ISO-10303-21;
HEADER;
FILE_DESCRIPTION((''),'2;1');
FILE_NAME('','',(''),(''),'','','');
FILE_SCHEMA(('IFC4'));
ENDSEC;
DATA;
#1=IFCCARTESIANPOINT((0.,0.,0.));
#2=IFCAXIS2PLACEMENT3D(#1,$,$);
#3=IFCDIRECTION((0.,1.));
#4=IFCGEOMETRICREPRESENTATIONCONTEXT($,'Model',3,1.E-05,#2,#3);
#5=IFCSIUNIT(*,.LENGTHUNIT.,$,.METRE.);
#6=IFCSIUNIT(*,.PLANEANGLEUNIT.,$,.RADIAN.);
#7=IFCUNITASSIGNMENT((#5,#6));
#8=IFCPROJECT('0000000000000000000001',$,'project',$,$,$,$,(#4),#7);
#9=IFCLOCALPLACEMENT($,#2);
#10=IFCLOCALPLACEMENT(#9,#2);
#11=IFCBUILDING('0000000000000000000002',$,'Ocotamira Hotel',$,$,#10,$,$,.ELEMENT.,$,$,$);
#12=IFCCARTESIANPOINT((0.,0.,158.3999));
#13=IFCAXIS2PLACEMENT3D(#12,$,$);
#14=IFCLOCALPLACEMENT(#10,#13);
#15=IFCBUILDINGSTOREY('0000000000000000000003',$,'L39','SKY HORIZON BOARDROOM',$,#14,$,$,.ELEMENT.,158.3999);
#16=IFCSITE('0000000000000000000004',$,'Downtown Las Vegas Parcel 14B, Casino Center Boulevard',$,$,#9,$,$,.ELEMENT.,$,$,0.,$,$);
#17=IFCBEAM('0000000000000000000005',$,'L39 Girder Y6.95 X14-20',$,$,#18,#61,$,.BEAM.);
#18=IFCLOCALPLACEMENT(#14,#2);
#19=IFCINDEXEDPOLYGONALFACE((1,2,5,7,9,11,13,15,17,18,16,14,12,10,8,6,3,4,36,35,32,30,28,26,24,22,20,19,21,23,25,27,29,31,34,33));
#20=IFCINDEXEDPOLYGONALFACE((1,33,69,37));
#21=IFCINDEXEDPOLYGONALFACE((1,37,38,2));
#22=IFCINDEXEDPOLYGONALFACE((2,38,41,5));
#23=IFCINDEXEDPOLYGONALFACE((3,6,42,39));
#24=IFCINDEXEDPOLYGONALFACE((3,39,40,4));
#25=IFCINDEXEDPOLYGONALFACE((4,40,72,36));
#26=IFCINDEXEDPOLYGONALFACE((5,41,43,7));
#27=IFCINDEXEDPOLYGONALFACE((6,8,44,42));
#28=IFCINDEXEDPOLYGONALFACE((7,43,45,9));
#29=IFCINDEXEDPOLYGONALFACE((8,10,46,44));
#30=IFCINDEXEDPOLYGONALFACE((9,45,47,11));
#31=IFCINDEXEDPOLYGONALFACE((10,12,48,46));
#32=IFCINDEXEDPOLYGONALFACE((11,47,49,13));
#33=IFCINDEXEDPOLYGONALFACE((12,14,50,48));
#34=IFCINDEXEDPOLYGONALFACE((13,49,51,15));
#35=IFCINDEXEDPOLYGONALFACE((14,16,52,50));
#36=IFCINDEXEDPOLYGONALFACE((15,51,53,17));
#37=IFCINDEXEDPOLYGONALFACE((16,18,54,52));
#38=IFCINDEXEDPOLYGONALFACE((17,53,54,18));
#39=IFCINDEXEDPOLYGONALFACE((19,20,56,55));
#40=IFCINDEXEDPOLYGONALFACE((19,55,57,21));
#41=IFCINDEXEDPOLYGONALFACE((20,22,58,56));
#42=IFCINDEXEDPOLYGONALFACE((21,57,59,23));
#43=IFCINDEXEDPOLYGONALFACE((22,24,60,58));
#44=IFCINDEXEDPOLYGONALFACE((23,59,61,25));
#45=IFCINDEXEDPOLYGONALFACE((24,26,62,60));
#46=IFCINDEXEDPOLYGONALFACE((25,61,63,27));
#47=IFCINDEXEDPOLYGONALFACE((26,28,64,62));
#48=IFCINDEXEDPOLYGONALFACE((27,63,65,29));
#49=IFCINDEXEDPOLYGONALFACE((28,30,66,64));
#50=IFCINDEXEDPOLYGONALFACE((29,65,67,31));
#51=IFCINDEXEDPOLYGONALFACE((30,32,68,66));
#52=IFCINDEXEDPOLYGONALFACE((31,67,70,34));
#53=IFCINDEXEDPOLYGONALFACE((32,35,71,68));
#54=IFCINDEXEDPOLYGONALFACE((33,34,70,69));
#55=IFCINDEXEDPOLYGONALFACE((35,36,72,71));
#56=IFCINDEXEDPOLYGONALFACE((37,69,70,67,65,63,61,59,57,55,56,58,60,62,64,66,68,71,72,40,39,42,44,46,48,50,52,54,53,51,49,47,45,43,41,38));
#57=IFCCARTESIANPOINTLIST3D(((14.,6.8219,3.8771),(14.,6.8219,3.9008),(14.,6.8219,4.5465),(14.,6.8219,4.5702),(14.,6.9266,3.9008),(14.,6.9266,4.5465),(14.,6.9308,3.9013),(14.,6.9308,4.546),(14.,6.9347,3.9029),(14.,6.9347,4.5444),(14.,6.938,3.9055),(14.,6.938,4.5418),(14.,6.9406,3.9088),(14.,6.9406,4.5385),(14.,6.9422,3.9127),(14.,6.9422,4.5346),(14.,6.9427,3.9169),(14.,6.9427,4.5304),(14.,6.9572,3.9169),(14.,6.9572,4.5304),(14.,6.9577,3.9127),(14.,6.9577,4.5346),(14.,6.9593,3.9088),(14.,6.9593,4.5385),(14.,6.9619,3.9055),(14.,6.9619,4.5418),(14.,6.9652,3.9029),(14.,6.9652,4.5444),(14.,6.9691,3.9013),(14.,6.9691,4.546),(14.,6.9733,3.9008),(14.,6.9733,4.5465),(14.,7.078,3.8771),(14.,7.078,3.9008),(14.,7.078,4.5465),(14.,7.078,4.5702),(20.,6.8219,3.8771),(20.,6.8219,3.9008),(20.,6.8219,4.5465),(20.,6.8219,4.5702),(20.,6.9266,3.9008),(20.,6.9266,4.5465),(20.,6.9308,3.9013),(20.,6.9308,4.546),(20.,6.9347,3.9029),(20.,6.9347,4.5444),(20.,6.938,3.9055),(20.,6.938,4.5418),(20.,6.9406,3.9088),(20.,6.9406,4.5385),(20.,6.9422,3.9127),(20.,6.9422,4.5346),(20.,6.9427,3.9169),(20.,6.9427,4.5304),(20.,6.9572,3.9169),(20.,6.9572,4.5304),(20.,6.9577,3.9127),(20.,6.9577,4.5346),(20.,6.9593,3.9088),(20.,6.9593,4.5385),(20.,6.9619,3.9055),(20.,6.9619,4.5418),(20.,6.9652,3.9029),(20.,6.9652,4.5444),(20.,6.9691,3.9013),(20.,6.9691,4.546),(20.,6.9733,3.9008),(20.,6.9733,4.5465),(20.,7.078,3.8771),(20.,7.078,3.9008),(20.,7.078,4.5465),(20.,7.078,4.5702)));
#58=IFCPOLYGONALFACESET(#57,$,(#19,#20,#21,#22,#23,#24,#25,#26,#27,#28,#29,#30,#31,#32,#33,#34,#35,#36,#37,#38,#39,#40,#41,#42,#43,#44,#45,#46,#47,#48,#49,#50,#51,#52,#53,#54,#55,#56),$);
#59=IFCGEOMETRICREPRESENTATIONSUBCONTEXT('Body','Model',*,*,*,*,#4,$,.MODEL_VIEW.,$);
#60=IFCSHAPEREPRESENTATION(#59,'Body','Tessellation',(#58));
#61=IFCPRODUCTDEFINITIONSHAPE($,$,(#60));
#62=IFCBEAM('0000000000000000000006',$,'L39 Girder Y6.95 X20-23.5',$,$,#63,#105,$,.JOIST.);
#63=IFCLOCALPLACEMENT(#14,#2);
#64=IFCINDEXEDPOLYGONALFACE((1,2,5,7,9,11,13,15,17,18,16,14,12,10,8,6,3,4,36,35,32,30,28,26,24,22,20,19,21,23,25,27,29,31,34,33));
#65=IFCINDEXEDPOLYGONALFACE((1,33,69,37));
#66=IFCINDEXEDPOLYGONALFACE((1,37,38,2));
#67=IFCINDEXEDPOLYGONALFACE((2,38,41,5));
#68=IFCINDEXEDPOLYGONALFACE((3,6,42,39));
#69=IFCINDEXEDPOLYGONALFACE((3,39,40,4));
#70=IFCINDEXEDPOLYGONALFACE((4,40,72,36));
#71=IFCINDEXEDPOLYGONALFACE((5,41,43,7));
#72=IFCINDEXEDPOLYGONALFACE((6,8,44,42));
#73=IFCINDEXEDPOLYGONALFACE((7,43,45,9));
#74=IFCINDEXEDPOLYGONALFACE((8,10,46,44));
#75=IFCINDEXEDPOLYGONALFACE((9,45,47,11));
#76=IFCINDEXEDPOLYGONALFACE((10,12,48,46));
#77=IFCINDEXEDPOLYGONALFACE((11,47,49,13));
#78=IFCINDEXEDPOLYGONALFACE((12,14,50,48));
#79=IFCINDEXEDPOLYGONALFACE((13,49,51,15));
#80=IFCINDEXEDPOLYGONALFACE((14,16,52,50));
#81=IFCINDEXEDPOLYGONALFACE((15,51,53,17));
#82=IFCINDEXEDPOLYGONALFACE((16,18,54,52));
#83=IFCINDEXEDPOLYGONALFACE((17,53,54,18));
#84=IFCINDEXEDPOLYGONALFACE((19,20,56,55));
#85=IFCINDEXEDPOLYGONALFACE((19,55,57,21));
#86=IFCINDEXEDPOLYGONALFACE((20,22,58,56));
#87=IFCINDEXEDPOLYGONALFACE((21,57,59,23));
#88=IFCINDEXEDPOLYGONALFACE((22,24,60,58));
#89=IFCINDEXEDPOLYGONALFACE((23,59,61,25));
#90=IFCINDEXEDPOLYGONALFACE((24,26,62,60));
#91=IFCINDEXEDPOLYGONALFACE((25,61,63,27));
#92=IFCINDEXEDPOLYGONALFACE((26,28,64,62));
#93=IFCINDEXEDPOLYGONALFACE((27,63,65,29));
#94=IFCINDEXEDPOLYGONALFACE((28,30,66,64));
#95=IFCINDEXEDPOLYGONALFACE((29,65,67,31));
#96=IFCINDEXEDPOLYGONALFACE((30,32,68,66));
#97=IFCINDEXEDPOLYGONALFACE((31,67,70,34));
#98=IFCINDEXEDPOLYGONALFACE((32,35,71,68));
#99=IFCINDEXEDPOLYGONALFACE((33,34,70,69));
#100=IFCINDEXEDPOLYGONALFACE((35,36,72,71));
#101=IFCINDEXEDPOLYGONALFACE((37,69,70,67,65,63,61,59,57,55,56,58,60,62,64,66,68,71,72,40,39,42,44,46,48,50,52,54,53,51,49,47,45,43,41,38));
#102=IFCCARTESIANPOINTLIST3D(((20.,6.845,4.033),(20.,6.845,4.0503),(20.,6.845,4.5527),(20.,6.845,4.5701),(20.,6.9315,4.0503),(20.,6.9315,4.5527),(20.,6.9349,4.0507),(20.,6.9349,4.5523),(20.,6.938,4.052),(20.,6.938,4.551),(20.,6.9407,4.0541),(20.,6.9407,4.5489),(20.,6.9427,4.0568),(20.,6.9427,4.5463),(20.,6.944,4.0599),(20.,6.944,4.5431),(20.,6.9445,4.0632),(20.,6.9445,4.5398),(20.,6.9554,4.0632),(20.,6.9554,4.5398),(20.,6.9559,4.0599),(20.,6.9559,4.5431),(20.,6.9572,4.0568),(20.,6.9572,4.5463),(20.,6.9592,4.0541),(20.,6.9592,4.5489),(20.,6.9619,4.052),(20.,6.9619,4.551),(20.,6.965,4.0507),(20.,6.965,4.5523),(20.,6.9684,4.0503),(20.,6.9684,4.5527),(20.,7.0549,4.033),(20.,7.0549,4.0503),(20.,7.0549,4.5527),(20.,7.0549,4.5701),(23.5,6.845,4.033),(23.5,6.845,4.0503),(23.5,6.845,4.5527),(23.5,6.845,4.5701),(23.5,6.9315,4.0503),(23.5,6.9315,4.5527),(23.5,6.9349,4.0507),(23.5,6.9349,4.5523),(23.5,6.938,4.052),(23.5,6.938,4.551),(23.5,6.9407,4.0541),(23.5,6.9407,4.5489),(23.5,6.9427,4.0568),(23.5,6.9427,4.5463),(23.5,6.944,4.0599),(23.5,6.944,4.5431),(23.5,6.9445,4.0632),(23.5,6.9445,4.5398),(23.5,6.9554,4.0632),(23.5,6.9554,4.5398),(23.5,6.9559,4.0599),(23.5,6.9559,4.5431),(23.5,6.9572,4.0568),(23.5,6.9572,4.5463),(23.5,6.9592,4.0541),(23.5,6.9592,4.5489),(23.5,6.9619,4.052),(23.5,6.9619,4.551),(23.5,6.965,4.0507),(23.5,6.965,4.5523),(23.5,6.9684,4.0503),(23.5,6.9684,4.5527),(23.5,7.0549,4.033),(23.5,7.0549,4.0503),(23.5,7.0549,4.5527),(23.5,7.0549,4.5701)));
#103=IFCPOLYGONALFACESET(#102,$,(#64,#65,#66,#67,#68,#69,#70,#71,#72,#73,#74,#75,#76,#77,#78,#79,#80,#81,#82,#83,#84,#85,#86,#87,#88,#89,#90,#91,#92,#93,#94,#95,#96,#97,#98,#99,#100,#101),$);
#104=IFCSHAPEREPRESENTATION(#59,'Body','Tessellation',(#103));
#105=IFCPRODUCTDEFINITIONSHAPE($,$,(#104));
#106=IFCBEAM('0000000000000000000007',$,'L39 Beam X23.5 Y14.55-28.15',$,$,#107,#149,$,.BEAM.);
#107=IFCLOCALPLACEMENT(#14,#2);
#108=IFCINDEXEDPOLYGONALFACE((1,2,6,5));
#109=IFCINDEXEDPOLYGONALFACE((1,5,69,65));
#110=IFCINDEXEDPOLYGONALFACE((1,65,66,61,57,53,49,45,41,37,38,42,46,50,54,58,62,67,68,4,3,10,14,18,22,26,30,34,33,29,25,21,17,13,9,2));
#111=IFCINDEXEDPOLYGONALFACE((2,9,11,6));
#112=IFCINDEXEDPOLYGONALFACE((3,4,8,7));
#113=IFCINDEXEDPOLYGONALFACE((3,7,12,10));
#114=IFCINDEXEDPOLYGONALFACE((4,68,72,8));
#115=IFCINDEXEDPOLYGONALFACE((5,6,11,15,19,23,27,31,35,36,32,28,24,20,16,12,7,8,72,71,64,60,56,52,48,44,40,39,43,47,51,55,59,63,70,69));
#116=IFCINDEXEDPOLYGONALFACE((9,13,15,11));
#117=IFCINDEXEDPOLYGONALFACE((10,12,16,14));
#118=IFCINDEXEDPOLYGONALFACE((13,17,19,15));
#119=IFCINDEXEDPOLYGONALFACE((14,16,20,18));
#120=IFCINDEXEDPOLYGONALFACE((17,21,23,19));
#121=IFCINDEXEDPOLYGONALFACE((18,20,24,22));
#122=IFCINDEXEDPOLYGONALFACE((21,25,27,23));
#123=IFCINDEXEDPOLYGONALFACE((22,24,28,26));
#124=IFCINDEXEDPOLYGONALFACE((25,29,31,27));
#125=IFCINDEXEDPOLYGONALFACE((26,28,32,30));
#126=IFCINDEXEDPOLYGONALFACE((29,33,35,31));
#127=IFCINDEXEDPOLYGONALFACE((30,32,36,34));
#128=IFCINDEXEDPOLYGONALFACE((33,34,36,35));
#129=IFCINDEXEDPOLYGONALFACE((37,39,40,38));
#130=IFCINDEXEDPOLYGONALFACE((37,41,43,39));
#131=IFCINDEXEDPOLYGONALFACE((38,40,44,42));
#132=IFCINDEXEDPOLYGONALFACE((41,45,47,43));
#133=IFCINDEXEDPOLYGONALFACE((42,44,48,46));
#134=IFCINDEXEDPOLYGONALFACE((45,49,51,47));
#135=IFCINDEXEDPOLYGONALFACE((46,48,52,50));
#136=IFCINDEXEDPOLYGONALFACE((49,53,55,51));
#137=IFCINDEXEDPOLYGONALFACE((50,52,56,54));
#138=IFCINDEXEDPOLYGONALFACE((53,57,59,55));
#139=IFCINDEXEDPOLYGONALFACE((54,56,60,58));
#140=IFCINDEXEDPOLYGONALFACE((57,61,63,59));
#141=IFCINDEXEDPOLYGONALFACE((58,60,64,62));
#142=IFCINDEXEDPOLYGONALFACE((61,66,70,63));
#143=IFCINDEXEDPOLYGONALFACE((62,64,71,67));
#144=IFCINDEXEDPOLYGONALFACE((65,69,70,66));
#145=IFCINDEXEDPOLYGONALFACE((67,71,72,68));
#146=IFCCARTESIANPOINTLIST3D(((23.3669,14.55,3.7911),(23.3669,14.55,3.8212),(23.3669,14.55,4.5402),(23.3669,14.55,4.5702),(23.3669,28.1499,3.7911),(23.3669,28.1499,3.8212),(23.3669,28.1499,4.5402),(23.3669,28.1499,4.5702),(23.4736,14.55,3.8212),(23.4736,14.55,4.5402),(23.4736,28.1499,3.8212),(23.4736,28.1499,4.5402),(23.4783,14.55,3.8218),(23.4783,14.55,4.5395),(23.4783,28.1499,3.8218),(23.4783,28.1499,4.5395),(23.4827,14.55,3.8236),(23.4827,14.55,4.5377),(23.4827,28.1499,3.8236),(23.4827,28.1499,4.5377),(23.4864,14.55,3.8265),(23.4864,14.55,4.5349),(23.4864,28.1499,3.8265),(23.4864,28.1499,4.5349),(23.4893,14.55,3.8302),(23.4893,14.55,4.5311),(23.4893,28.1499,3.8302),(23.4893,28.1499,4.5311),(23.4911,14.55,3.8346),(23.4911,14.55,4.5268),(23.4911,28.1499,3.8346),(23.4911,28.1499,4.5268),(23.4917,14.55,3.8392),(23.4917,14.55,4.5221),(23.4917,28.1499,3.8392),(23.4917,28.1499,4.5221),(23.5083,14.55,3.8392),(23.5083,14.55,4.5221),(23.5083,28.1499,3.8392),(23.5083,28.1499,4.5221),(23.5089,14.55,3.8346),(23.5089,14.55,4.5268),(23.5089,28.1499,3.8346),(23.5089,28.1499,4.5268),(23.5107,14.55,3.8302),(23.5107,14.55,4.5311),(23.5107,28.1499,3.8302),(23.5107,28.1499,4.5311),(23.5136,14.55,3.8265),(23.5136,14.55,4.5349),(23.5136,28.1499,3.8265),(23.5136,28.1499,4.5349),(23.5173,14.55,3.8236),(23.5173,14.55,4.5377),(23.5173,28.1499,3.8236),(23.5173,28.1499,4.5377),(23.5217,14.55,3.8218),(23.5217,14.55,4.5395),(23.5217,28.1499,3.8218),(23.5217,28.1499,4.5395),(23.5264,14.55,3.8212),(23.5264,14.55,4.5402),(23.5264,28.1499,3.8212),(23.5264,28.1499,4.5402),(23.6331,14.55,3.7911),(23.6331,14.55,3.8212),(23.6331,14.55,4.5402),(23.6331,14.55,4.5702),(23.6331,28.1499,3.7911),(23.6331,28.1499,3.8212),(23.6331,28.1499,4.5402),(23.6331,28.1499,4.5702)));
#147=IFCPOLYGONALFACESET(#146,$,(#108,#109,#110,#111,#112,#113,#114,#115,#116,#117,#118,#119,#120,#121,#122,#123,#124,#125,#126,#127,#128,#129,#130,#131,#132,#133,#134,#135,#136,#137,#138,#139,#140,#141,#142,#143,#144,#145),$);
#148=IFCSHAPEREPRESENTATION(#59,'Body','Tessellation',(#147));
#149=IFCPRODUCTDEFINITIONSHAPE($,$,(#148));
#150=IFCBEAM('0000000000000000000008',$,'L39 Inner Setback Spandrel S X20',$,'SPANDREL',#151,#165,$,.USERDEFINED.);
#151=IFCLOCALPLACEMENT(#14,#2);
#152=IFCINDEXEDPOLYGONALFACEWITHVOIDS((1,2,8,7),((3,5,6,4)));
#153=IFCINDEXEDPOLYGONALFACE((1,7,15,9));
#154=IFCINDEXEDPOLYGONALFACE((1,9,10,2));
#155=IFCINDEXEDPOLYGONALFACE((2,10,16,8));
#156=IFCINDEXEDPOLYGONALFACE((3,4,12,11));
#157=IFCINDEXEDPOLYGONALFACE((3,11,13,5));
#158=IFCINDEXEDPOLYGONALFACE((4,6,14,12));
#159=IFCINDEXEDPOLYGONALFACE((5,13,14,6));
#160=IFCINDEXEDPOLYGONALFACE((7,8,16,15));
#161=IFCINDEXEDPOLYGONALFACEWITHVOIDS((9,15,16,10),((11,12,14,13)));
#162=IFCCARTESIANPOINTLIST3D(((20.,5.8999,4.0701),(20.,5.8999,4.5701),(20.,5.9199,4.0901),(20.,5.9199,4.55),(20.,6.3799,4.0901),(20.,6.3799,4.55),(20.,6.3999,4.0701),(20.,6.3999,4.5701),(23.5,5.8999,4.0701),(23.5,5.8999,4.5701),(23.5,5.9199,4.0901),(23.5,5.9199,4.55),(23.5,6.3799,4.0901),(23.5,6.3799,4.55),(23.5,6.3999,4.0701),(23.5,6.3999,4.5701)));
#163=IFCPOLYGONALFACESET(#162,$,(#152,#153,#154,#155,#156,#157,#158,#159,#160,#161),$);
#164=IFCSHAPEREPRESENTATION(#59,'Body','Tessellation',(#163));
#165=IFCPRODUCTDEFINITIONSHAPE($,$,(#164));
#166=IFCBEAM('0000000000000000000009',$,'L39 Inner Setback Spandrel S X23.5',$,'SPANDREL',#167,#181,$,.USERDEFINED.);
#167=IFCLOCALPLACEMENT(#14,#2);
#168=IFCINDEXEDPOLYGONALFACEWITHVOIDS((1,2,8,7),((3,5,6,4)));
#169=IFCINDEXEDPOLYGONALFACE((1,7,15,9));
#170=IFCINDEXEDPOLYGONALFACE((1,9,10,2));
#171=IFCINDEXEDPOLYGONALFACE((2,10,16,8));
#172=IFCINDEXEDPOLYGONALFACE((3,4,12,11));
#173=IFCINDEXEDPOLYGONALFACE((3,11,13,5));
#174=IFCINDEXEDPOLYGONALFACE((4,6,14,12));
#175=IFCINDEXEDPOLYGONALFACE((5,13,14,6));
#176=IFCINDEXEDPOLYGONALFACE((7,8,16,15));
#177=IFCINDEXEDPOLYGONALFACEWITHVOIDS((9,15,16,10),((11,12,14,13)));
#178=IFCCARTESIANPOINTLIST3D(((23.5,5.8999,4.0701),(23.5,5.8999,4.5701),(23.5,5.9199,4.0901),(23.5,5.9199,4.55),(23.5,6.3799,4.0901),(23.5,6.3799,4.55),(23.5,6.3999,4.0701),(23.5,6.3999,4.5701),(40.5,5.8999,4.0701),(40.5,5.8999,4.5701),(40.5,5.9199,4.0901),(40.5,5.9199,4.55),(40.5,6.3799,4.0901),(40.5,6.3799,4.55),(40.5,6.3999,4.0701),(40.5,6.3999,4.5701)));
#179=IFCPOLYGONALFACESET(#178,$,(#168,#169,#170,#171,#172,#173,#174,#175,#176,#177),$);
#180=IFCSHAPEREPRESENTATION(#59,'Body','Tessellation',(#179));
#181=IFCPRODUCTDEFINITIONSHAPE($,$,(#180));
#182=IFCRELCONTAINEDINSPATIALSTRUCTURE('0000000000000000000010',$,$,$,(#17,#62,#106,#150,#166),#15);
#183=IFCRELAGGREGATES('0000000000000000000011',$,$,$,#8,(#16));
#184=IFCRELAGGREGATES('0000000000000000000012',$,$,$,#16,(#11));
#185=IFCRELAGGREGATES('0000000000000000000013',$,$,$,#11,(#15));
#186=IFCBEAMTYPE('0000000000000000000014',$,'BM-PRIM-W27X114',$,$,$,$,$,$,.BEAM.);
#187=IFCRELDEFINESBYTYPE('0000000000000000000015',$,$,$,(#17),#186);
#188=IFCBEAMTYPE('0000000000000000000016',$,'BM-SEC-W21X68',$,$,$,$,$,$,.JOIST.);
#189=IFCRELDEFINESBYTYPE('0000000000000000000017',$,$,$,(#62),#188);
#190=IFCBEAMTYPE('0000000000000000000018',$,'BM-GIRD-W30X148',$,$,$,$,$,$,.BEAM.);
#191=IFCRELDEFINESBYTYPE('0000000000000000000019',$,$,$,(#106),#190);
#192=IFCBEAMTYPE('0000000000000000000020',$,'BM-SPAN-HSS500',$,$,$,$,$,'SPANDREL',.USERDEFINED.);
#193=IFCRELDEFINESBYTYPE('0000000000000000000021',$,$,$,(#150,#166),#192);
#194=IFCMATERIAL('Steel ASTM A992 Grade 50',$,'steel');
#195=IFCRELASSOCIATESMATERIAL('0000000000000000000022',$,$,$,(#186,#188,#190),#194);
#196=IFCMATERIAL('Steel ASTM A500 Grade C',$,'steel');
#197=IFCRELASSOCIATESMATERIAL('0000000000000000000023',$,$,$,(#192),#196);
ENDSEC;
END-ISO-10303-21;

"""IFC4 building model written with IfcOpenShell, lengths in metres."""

from ifc_helpers import new_model, si_unit, direction, frame, origin, origin_2d, place, context, subcontext, project, spatial, hollow_rectangle, i_section, extrude, source, transform, mapped, material, material_profile, profile_set, type_object, element, save


model = new_model("IFC4")

# Units and contexts
model_context = context("Model", 3, precision=1e-05, world=origin(), true_north=direction((0.0, 1.0)))
body_context = subcontext(model_context, "Body", "Model", "MODEL_VIEW")
ifc_project = project(units=[si_unit("LENGTHUNIT", "METRE"), si_unit("PLANEANGLEUNIT", "RADIAN")], contexts=[model_context])

# Site, building, storey
site_placement = place(None, origin())
site = spatial("IfcSite", under=ifc_project, at=site_placement, Name="Downtown Las Vegas Parcel 14B, Casino Center Boulevard", CompositionType="ELEMENT", RefElevation=0.0)
building_placement = place(site_placement, origin())
building = spatial("IfcBuilding", under=site, at=building_placement, Name="Ocotamira Hotel", CompositionType="ELEMENT")
storey_placement = place(building_placement, frame((0.0, 0.0, 158.3999)))
storey = spatial("IfcBuildingStorey", under=building, at=storey_placement, Name="L39", Description="SKY HORIZON BOARDROOM", CompositionType="ELEMENT", Elevation=158.3999)

# Beams
ifc_material_1 = material(Name="Steel ASTM A500 Grade C", Category="steel")
ifc_material_2 = material(Name="Steel ASTM A992 Grade 50", Category="steel")
ifc_material_profile_1 = material_profile(ifc_material_2, i_section(OverallWidth=0.2561, OverallDepth=0.6931, WebThickness=0.0144, FlangeThickness=0.0237, FilletRadius=0.0161, at=origin_2d()), Name="W27X114")
ifc_profile_set_1 = profile_set([ifc_material_profile_1], Name="Steel ASTM A992 Grade 50")
beam_type_1 = type_object("IfcBeamType", Name="BM-PRIM-W27X114", PredefinedType="BEAM", material=ifc_profile_set_1)
shared_shape_1 = source(origin(), body_context, "Body", "SweptSolid", [
    extrude(i_section(OverallWidth=0.2561, OverallDepth=0.6931, WebThickness=0.0144, FlangeThickness=0.0237, FilletRadius=0.0161, at=origin_2d()), origin(), (0.0, 0.0, 1.0), 6.0),
])
beam_1_placement = place(storey_placement, frame((14.0, 6.95, 4.2236), z_axis=(1.0, 0.0, 0.0), x_axis=(0.0, 1.0, 0.0)))
element("IfcBeam", 1, at=beam_1_placement, inside=storey, type_object=beam_type_1, Name="L39 Girder Y6.95 X14-20", PredefinedType="BEAM", context=body_context, shape_type="MappedRepresentation", body=[
    mapped(shared_shape_1, transform((0.0, 0.0, 0.0), scale=1.0)),
])
ifc_material_profile_2 = material_profile(ifc_material_2, i_section(OverallWidth=0.21, OverallDepth=0.5371, WebThickness=0.011, FlangeThickness=0.0173, FilletRadius=0.0129, at=origin_2d()), Name="W21X68")
ifc_profile_set_2 = profile_set([ifc_material_profile_2], Name="Steel ASTM A992 Grade 50")
beam_type_2 = type_object("IfcBeamType", Name="BM-SEC-W21X68", PredefinedType="JOIST", material=ifc_profile_set_2)
shared_shape_2 = source(origin(), body_context, "Body", "SweptSolid", [
    extrude(i_section(OverallWidth=0.21, OverallDepth=0.5371, WebThickness=0.011, FlangeThickness=0.0173, FilletRadius=0.0129, at=origin_2d()), origin(), (0.0, 0.0, 1.0), 3.5),
])
beam_2_placement = place(storey_placement, frame((20.0, 6.95, 4.3015), z_axis=(1.0, 0.0, 0.0), x_axis=(0.0, 1.0, 0.0)))
element("IfcBeam", 2, at=beam_2_placement, inside=storey, type_object=beam_type_2, Name="L39 Girder Y6.95 X20-23.5", PredefinedType="JOIST", context=body_context, shape_type="MappedRepresentation", body=[
    mapped(shared_shape_2, transform((0.0, 0.0, 0.0), scale=1.0)),
])
ifc_material_profile_3 = material_profile(ifc_material_2, i_section(OverallWidth=0.2661, OverallDepth=0.7791, WebThickness=0.0166, FlangeThickness=0.03, FilletRadius=0.0181, at=origin_2d()), Name="W30X148")
ifc_profile_set_3 = profile_set([ifc_material_profile_3], Name="Steel ASTM A992 Grade 50")
beam_type_3 = type_object("IfcBeamType", Name="BM-GIRD-W30X148", PredefinedType="BEAM", material=ifc_profile_set_3)
shared_shape_3 = source(origin(), body_context, "Body", "SweptSolid", [
    extrude(i_section(OverallWidth=0.2661, OverallDepth=0.7791, WebThickness=0.0166, FlangeThickness=0.03, FilletRadius=0.0181, at=origin_2d()), origin(), (0.0, 0.0, 1.0), 13.5999),
])
beam_3_placement = place(storey_placement, frame((23.5, 14.55, 4.1807), z_axis=(0.0, 1.0, 0.0), x_axis=(-1.0, 0.0, 0.0)))
element("IfcBeam", 3, at=beam_3_placement, inside=storey, type_object=beam_type_3, Name="L39 Beam X23.5 Y14.55-28.15", PredefinedType="BEAM", context=body_context, shape_type="MappedRepresentation", body=[
    mapped(shared_shape_3, transform((0.0, 0.0, 0.0), scale=1.0)),
])
ifc_material_profile_4 = material_profile(ifc_material_1, hollow_rectangle(XDim=0.5, YDim=0.5, WallThickness=0.02, at=origin_2d()), Name="HSS500X500X20")
ifc_profile_set_4 = profile_set([ifc_material_profile_4], Name="Steel ASTM A500 Grade C")
beam_type_4 = type_object("IfcBeamType", Name="BM-SPAN-HSS500", ElementType="SPANDREL", PredefinedType="USERDEFINED", material=ifc_profile_set_4)
shared_shape_4 = source(origin(), body_context, "Body", "SweptSolid", [
    extrude(hollow_rectangle(XDim=0.5, YDim=0.5, WallThickness=0.02, at=origin_2d()), origin(), (0.0, 0.0, 1.0), 3.5),
])
beam_4_placement = place(storey_placement, frame((20.0, 6.1499, 4.3201), z_axis=(1.0, 0.0, 0.0), x_axis=(0.0, 1.0, 0.0)))
element("IfcBeam", 4, at=beam_4_placement, inside=storey, type_object=beam_type_4, Name="L39 Inner Setback Spandrel S X20", ObjectType="SPANDREL", PredefinedType="USERDEFINED", context=body_context, shape_type="MappedRepresentation", body=[
    mapped(shared_shape_4, transform((0.0, 0.0, 0.0), scale=1.0)),
])
shared_shape_5 = source(origin(), body_context, "Body", "SweptSolid", [
    extrude(hollow_rectangle(XDim=0.5, YDim=0.5, WallThickness=0.02, at=origin_2d()), origin(), (0.0, 0.0, 1.0), 17.0),
])
beam_5_placement = place(storey_placement, frame((23.5, 6.1499, 4.3201), z_axis=(1.0, 0.0, 0.0), x_axis=(0.0, 1.0, 0.0)))
element("IfcBeam", 5, at=beam_5_placement, inside=storey, type_object=beam_type_4, Name="L39 Inner Setback Spandrel S X23.5", ObjectType="SPANDREL", PredefinedType="USERDEFINED", context=body_context, shape_type="MappedRepresentation", body=[
    mapped(shared_shape_5, transform((0.0, 0.0, 0.0), scale=1.0)),
])

save(model, "model.ifc")
